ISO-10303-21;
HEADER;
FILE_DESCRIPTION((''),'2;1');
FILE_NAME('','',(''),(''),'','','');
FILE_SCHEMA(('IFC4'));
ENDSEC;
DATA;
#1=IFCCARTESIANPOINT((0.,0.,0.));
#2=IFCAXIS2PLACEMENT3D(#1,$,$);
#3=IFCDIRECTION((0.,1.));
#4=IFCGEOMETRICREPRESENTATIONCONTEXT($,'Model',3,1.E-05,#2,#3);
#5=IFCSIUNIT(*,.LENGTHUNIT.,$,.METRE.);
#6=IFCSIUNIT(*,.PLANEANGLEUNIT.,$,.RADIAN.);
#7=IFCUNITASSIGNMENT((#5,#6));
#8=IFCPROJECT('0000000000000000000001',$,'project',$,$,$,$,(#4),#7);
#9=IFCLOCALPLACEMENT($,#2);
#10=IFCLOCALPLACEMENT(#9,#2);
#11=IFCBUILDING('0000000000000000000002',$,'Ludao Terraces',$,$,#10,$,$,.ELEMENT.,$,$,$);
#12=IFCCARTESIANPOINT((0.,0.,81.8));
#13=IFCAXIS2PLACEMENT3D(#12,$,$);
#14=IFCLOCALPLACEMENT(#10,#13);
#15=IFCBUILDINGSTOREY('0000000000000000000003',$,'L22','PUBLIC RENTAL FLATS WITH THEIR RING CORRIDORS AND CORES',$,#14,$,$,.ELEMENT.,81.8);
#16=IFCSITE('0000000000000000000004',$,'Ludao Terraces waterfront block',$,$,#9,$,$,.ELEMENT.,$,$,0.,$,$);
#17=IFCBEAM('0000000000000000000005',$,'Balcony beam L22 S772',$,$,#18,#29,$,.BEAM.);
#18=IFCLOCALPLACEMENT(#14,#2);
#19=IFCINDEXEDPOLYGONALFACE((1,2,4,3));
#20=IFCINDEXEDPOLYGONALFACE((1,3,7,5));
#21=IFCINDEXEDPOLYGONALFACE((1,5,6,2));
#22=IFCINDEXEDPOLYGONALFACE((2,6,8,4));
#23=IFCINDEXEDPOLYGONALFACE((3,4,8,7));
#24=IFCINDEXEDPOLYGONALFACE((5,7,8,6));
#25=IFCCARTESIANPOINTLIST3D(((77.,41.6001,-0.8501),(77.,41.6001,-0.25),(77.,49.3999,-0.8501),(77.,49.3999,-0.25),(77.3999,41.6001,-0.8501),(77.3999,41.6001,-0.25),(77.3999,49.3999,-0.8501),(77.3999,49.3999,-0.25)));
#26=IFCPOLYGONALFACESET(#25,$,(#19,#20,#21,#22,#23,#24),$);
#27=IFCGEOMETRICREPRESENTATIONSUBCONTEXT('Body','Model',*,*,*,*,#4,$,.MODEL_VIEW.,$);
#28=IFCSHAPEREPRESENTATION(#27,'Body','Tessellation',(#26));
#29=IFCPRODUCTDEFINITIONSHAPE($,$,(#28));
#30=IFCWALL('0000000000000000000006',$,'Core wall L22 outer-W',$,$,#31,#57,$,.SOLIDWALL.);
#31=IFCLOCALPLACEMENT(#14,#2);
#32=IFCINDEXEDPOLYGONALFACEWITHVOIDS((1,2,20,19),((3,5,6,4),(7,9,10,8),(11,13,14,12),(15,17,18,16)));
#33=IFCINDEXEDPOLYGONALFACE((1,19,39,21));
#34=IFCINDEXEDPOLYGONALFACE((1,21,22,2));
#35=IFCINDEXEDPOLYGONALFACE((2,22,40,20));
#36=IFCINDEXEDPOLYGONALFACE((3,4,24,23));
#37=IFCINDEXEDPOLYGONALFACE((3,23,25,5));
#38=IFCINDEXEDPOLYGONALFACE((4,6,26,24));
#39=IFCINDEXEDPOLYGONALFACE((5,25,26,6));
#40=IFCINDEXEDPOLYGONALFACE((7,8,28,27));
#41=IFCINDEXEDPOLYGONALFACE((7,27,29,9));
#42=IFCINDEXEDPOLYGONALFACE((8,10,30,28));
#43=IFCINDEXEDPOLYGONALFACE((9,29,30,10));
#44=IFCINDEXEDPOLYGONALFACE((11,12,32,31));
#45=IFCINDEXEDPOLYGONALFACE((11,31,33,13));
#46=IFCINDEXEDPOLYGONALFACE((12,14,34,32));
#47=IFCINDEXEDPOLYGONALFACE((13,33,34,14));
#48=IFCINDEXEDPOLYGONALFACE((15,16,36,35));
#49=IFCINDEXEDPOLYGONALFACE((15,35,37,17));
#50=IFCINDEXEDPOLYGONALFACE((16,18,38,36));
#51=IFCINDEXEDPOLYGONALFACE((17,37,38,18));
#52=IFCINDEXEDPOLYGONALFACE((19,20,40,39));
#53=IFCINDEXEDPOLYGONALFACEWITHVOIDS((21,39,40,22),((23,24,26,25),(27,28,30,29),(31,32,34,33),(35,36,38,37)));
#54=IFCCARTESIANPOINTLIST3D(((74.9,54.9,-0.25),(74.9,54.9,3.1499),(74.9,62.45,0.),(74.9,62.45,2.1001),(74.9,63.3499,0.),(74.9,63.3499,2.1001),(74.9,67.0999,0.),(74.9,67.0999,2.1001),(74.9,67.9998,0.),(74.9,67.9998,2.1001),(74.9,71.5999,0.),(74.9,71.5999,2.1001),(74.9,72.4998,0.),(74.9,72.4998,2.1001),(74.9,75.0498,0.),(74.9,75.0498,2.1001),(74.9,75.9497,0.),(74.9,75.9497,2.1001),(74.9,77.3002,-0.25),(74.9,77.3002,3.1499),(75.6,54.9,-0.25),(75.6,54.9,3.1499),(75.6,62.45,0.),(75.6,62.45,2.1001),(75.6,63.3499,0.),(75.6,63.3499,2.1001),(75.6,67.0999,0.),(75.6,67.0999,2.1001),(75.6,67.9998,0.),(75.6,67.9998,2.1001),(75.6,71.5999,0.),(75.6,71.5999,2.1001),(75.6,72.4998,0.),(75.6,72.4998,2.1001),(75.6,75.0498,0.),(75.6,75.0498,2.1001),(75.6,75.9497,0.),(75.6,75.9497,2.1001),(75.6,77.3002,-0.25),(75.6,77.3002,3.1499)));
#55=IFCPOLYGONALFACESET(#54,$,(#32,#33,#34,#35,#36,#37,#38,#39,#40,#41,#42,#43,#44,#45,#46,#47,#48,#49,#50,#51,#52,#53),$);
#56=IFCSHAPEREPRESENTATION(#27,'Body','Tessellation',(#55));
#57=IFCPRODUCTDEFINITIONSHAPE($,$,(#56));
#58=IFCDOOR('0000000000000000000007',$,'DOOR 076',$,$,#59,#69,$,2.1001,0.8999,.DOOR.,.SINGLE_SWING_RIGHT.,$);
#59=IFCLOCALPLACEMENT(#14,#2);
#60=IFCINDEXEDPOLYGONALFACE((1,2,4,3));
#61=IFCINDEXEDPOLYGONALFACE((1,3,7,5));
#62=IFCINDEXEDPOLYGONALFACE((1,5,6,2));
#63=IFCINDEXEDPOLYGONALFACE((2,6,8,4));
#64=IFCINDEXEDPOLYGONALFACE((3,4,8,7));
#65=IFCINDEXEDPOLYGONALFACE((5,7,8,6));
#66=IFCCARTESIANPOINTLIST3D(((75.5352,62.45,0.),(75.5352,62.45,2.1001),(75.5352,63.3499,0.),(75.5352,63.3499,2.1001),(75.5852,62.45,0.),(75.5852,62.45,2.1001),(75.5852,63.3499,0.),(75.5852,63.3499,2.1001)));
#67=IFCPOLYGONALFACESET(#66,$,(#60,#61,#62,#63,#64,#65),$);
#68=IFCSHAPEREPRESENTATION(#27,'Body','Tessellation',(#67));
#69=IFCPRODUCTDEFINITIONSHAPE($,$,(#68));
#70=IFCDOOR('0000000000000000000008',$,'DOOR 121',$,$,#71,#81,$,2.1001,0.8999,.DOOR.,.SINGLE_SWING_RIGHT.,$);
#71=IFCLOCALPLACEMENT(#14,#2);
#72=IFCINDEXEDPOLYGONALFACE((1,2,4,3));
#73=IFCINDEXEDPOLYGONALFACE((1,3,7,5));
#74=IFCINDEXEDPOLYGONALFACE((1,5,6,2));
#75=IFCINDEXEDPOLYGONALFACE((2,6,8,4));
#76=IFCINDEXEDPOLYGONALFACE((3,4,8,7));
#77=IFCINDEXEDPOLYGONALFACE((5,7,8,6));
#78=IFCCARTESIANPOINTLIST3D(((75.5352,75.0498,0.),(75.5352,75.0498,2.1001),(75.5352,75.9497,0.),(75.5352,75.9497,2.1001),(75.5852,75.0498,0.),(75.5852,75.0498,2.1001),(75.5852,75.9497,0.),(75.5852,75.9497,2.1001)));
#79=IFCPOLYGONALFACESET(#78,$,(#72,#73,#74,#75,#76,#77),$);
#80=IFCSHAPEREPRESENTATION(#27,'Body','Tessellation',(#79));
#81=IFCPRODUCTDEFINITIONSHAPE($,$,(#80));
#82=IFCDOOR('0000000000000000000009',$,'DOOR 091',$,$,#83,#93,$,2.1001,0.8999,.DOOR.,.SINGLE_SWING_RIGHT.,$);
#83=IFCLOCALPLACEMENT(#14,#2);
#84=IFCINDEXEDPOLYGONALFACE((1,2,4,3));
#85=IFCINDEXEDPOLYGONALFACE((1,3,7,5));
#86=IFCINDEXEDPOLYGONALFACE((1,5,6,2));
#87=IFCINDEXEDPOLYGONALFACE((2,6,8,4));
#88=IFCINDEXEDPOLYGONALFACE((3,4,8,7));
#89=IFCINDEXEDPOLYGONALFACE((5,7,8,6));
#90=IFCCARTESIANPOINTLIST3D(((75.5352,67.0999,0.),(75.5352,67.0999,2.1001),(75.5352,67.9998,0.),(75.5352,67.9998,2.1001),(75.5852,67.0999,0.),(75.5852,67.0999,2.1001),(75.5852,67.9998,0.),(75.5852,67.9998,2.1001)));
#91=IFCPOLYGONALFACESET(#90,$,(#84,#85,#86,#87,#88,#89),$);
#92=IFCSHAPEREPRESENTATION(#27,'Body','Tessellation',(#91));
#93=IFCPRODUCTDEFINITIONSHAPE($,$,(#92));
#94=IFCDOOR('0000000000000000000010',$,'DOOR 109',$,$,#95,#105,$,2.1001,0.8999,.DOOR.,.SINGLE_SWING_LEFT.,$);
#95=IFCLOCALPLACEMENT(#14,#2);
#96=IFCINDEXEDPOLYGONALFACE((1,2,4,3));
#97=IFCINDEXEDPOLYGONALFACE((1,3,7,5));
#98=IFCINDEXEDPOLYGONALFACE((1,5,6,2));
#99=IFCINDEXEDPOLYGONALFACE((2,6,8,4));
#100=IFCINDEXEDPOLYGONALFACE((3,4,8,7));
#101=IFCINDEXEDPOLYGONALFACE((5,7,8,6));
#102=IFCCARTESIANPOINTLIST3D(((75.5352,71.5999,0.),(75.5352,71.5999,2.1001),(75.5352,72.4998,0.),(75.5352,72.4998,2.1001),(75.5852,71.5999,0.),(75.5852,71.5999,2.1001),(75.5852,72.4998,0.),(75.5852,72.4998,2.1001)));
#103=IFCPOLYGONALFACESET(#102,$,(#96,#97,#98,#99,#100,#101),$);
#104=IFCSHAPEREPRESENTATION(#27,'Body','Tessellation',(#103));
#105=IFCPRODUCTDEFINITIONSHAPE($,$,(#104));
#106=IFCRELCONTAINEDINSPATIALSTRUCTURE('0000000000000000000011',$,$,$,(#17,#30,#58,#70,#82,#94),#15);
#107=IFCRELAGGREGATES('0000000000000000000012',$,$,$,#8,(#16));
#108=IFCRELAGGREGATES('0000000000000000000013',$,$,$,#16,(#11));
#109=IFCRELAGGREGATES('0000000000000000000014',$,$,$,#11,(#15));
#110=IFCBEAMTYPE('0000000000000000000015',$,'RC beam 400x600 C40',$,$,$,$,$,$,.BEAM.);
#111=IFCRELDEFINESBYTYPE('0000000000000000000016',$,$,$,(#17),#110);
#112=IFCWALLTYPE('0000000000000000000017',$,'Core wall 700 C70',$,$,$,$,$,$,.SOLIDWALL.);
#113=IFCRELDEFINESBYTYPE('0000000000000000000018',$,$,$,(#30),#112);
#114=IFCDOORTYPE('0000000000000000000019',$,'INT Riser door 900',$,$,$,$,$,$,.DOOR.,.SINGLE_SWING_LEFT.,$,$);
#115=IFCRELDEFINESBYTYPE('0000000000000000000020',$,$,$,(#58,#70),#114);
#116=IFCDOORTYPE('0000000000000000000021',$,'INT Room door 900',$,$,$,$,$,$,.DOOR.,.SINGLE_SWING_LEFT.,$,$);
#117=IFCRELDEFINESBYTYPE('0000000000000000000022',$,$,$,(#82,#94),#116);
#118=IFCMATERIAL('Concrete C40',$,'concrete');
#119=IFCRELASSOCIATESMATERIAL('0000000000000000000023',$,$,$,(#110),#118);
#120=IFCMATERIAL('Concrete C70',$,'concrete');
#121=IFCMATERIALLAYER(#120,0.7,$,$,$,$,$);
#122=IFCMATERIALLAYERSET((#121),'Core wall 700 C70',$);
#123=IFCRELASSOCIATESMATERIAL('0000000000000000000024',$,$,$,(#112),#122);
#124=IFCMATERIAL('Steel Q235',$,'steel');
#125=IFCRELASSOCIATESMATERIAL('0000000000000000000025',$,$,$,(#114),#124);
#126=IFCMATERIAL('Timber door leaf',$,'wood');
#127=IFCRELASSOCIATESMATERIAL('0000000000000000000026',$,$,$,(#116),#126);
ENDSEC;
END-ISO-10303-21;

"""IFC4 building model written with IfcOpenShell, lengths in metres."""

from ifc_helpers import new_model, si_unit, direction, frame, frame_2d, origin, origin_2d, place, context, subcontext, project, spatial, rectangle, extrude, material, layer, layer_set, material_profile, profile_set, type_object, element, fill, save


model = new_model("IFC4")

# Units and contexts
model_context = context("Model", 3, precision=1e-05, world=origin(), true_north=direction((0.0, 1.0)))
body_context = subcontext(model_context, "Body", "Model", "MODEL_VIEW")
ifc_project = project(units=[si_unit("LENGTHUNIT", "METRE"), si_unit("PLANEANGLEUNIT", "RADIAN")], contexts=[model_context])

# Site, building, storey
site_placement = place(None, origin())
site = spatial("IfcSite", under=ifc_project, at=site_placement, Name="Ludao Terraces waterfront block", CompositionType="ELEMENT", RefElevation=0.0)
building_placement = place(site_placement, origin())
building = spatial("IfcBuilding", under=site, at=building_placement, Name="Ludao Terraces", CompositionType="ELEMENT")
storey_placement = place(building_placement, frame((0.0, 0.0, 81.8)))
storey = spatial("IfcBuildingStorey", under=building, at=storey_placement, Name="L22", Description="PUBLIC RENTAL FLATS WITH THEIR RING CORRIDORS AND CORES", CompositionType="ELEMENT", Elevation=81.8)

# Beam
ifc_material_1 = material(Name="Concrete C40", Category="concrete")
ifc_material_profile = material_profile(ifc_material_1, rectangle(XDim=0.3999, YDim=0.6001, at=origin_2d()), Name="400 X 600")
ifc_profile_set = profile_set([ifc_material_profile], Name="Concrete C40")
beam_type = type_object("IfcBeamType", Name="RC beam 400x600 C40", PredefinedType="BEAM", material=ifc_profile_set)
beam_placement = place(storey_placement, frame((77.2, 49.3999, -0.55), z_axis=(0.0, -1.0, 0.0), x_axis=(1.0, 0.0, 0.0)))
element("IfcBeam", 1, at=beam_placement, inside=storey, type_object=beam_type, Name="Balcony beam L22 S772", PredefinedType="BEAM", context=body_context, shape_type="SweptSolid", body=[
    extrude(rectangle(XDim=0.3999, YDim=0.6001, at=origin_2d()), origin(), (0.0, 0.0, 1.0), 7.7998),
])

# Wall, openings, doors
ifc_material_2 = material(Name="Concrete C70", Category="concrete")
ifc_layer_1 = layer(ifc_material_2, 0.7)
ifc_layer_set_1 = layer_set([ifc_layer_1], Name="Core wall 700 C70")
wall_type_1 = type_object("IfcWallType", Name="Core wall 700 C70", PredefinedType="SOLIDWALL", material=ifc_layer_set_1)
wall_1_placement = place(storey_placement, frame((75.25, 54.8999, -0.25), z_axis=(0.0, 0.0, 1.0), x_axis=(0.0, 1.0, 0.0)))
wall_1 = element("IfcWall", 2, at=wall_1_placement, inside=storey, type_object=wall_type_1, Name="Core wall L22 outer-W", PredefinedType="SOLIDWALL", context=body_context, shape_type="SweptSolid", body=[
    extrude(rectangle(XDim=22.4001, YDim=0.7, at=frame_2d((11.2002, 0.0))), origin(), (0.0, 0.0, 1.0), 3.3999),
])
opening_1_placement = place(wall_1_placement, frame((7.55, 0.0, 0.25)))
opening_1 = element("IfcOpeningElement", 3, at=opening_1_placement, cuts=wall_1, PredefinedType="OPENING", context=body_context, shape_type="SweptSolid", body=[
    extrude(rectangle(XDim=0.8999, YDim=2.1001, at=frame_2d((0.45, 1.05))), frame((0.0, 0.3599, 0.0), z_axis=(0.0, -1.0, 0.0), x_axis=(1.0, 0.0, 0.0)), (0.0, 0.0, 1.0), 0.72),
])
opening_2_placement = place(wall_1_placement, frame((12.2, 0.0, 0.25)))
opening_2 = element("IfcOpeningElement", 4, at=opening_2_placement, cuts=wall_1, PredefinedType="OPENING", context=body_context, shape_type="SweptSolid", body=[
    extrude(rectangle(XDim=0.8999, YDim=2.1001, at=frame_2d((0.45, 1.05))), frame((0.0, 0.3599, 0.0), z_axis=(0.0, -1.0, 0.0), x_axis=(1.0, 0.0, 0.0)), (0.0, 0.0, 1.0), 0.72),
])
opening_3_placement = place(wall_1_placement, frame((16.7, 0.0, 0.25)))
opening_3 = element("IfcOpeningElement", 5, at=opening_3_placement, cuts=wall_1, PredefinedType="OPENING", context=body_context, shape_type="SweptSolid", body=[
    extrude(rectangle(XDim=0.8999, YDim=2.1001, at=frame_2d((0.45, 1.05))), frame((0.0, 0.3599, 0.0), z_axis=(0.0, -1.0, 0.0), x_axis=(1.0, 0.0, 0.0)), (0.0, 0.0, 1.0), 0.72),
])
opening_4_placement = place(wall_1_placement, frame((20.1499, 0.0, 0.25)))
opening_4 = element("IfcOpeningElement", 6, at=opening_4_placement, cuts=wall_1, PredefinedType="OPENING", context=body_context, shape_type="SweptSolid", body=[
    extrude(rectangle(XDim=0.8999, YDim=2.1001, at=frame_2d((0.45, 1.05))), frame((0.0, 0.3599, 0.0), z_axis=(0.0, -1.0, 0.0), x_axis=(1.0, 0.0, 0.0)), (0.0, 0.0, 1.0), 0.72),
])
ifc_material_3 = material(Name="Steel Q235", Category="steel")
door_type_1 = type_object("IfcDoorType", Name="INT Riser door 900", OperationType="SINGLE_SWING_LEFT", PredefinedType="DOOR", material=ifc_material_3)
door_1_placement = place(opening_1_placement, origin())
door_1 = element("IfcDoor", 7, at=door_1_placement, inside=storey, type_object=door_type_1, Name="DOOR 076", OperationType="SINGLE_SWING_RIGHT", OverallHeight=2.1001, OverallWidth=0.8999, PredefinedType="DOOR", context=body_context, shape_type="SweptSolid", body=[
    extrude(rectangle(XDim=0.8999, YDim=2.1001, at=frame_2d((0.45, 1.05))), frame((0.0, -0.2852, 0.0), z_axis=(0.0, -1.0, 0.0), x_axis=(1.0, 0.0, 0.0)), (0.0, 0.0, 1.0), 0.05),
])
fill(opening_1, door_1)
door_2_placement = place(opening_4_placement, origin())
door_2 = element("IfcDoor", 8, at=door_2_placement, inside=storey, type_object=door_type_1, Name="DOOR 121", OperationType="SINGLE_SWING_RIGHT", OverallHeight=2.1001, OverallWidth=0.8999, PredefinedType="DOOR", context=body_context, shape_type="SweptSolid", body=[
    extrude(rectangle(XDim=0.8999, YDim=2.1001, at=frame_2d((0.45, 1.05))), frame((0.0, -0.2852, 0.0), z_axis=(0.0, -1.0, 0.0), x_axis=(1.0, 0.0, 0.0)), (0.0, 0.0, 1.0), 0.05),
])
fill(opening_4, door_2)
ifc_material_4 = material(Name="Timber door leaf", Category="wood")
door_type_2 = type_object("IfcDoorType", Name="INT Room door 900", OperationType="SINGLE_SWING_LEFT", PredefinedType="DOOR", material=ifc_material_4)
door_3_placement = place(opening_2_placement, origin())
door_3 = element("IfcDoor", 9, at=door_3_placement, inside=storey, type_object=door_type_2, Name="DOOR 091", OperationType="SINGLE_SWING_RIGHT", OverallHeight=2.1001, OverallWidth=0.8999, PredefinedType="DOOR", context=body_context, shape_type="SweptSolid", body=[
    extrude(rectangle(XDim=0.8999, YDim=2.1001, at=frame_2d((0.45, 1.05))), frame((0.0, -0.2852, 0.0), z_axis=(0.0, -1.0, 0.0), x_axis=(1.0, 0.0, 0.0)), (0.0, 0.0, 1.0), 0.05),
])
fill(opening_2, door_3)
door_4_placement = place(opening_3_placement, origin())
door_4 = element("IfcDoor", 10, at=door_4_placement, inside=storey, type_object=door_type_2, Name="DOOR 109", OperationType="SINGLE_SWING_LEFT", OverallHeight=2.1001, OverallWidth=0.8999, PredefinedType="DOOR", context=body_context, shape_type="SweptSolid", body=[
    extrude(rectangle(XDim=0.8999, YDim=2.1001, at=frame_2d((0.45, 1.05))), frame((0.0, -0.2852, 0.0), z_axis=(0.0, -1.0, 0.0), x_axis=(1.0, 0.0, 0.0)), (0.0, 0.0, 1.0), 0.05),
])
fill(opening_3, door_4)

save(model, "model.ifc")
